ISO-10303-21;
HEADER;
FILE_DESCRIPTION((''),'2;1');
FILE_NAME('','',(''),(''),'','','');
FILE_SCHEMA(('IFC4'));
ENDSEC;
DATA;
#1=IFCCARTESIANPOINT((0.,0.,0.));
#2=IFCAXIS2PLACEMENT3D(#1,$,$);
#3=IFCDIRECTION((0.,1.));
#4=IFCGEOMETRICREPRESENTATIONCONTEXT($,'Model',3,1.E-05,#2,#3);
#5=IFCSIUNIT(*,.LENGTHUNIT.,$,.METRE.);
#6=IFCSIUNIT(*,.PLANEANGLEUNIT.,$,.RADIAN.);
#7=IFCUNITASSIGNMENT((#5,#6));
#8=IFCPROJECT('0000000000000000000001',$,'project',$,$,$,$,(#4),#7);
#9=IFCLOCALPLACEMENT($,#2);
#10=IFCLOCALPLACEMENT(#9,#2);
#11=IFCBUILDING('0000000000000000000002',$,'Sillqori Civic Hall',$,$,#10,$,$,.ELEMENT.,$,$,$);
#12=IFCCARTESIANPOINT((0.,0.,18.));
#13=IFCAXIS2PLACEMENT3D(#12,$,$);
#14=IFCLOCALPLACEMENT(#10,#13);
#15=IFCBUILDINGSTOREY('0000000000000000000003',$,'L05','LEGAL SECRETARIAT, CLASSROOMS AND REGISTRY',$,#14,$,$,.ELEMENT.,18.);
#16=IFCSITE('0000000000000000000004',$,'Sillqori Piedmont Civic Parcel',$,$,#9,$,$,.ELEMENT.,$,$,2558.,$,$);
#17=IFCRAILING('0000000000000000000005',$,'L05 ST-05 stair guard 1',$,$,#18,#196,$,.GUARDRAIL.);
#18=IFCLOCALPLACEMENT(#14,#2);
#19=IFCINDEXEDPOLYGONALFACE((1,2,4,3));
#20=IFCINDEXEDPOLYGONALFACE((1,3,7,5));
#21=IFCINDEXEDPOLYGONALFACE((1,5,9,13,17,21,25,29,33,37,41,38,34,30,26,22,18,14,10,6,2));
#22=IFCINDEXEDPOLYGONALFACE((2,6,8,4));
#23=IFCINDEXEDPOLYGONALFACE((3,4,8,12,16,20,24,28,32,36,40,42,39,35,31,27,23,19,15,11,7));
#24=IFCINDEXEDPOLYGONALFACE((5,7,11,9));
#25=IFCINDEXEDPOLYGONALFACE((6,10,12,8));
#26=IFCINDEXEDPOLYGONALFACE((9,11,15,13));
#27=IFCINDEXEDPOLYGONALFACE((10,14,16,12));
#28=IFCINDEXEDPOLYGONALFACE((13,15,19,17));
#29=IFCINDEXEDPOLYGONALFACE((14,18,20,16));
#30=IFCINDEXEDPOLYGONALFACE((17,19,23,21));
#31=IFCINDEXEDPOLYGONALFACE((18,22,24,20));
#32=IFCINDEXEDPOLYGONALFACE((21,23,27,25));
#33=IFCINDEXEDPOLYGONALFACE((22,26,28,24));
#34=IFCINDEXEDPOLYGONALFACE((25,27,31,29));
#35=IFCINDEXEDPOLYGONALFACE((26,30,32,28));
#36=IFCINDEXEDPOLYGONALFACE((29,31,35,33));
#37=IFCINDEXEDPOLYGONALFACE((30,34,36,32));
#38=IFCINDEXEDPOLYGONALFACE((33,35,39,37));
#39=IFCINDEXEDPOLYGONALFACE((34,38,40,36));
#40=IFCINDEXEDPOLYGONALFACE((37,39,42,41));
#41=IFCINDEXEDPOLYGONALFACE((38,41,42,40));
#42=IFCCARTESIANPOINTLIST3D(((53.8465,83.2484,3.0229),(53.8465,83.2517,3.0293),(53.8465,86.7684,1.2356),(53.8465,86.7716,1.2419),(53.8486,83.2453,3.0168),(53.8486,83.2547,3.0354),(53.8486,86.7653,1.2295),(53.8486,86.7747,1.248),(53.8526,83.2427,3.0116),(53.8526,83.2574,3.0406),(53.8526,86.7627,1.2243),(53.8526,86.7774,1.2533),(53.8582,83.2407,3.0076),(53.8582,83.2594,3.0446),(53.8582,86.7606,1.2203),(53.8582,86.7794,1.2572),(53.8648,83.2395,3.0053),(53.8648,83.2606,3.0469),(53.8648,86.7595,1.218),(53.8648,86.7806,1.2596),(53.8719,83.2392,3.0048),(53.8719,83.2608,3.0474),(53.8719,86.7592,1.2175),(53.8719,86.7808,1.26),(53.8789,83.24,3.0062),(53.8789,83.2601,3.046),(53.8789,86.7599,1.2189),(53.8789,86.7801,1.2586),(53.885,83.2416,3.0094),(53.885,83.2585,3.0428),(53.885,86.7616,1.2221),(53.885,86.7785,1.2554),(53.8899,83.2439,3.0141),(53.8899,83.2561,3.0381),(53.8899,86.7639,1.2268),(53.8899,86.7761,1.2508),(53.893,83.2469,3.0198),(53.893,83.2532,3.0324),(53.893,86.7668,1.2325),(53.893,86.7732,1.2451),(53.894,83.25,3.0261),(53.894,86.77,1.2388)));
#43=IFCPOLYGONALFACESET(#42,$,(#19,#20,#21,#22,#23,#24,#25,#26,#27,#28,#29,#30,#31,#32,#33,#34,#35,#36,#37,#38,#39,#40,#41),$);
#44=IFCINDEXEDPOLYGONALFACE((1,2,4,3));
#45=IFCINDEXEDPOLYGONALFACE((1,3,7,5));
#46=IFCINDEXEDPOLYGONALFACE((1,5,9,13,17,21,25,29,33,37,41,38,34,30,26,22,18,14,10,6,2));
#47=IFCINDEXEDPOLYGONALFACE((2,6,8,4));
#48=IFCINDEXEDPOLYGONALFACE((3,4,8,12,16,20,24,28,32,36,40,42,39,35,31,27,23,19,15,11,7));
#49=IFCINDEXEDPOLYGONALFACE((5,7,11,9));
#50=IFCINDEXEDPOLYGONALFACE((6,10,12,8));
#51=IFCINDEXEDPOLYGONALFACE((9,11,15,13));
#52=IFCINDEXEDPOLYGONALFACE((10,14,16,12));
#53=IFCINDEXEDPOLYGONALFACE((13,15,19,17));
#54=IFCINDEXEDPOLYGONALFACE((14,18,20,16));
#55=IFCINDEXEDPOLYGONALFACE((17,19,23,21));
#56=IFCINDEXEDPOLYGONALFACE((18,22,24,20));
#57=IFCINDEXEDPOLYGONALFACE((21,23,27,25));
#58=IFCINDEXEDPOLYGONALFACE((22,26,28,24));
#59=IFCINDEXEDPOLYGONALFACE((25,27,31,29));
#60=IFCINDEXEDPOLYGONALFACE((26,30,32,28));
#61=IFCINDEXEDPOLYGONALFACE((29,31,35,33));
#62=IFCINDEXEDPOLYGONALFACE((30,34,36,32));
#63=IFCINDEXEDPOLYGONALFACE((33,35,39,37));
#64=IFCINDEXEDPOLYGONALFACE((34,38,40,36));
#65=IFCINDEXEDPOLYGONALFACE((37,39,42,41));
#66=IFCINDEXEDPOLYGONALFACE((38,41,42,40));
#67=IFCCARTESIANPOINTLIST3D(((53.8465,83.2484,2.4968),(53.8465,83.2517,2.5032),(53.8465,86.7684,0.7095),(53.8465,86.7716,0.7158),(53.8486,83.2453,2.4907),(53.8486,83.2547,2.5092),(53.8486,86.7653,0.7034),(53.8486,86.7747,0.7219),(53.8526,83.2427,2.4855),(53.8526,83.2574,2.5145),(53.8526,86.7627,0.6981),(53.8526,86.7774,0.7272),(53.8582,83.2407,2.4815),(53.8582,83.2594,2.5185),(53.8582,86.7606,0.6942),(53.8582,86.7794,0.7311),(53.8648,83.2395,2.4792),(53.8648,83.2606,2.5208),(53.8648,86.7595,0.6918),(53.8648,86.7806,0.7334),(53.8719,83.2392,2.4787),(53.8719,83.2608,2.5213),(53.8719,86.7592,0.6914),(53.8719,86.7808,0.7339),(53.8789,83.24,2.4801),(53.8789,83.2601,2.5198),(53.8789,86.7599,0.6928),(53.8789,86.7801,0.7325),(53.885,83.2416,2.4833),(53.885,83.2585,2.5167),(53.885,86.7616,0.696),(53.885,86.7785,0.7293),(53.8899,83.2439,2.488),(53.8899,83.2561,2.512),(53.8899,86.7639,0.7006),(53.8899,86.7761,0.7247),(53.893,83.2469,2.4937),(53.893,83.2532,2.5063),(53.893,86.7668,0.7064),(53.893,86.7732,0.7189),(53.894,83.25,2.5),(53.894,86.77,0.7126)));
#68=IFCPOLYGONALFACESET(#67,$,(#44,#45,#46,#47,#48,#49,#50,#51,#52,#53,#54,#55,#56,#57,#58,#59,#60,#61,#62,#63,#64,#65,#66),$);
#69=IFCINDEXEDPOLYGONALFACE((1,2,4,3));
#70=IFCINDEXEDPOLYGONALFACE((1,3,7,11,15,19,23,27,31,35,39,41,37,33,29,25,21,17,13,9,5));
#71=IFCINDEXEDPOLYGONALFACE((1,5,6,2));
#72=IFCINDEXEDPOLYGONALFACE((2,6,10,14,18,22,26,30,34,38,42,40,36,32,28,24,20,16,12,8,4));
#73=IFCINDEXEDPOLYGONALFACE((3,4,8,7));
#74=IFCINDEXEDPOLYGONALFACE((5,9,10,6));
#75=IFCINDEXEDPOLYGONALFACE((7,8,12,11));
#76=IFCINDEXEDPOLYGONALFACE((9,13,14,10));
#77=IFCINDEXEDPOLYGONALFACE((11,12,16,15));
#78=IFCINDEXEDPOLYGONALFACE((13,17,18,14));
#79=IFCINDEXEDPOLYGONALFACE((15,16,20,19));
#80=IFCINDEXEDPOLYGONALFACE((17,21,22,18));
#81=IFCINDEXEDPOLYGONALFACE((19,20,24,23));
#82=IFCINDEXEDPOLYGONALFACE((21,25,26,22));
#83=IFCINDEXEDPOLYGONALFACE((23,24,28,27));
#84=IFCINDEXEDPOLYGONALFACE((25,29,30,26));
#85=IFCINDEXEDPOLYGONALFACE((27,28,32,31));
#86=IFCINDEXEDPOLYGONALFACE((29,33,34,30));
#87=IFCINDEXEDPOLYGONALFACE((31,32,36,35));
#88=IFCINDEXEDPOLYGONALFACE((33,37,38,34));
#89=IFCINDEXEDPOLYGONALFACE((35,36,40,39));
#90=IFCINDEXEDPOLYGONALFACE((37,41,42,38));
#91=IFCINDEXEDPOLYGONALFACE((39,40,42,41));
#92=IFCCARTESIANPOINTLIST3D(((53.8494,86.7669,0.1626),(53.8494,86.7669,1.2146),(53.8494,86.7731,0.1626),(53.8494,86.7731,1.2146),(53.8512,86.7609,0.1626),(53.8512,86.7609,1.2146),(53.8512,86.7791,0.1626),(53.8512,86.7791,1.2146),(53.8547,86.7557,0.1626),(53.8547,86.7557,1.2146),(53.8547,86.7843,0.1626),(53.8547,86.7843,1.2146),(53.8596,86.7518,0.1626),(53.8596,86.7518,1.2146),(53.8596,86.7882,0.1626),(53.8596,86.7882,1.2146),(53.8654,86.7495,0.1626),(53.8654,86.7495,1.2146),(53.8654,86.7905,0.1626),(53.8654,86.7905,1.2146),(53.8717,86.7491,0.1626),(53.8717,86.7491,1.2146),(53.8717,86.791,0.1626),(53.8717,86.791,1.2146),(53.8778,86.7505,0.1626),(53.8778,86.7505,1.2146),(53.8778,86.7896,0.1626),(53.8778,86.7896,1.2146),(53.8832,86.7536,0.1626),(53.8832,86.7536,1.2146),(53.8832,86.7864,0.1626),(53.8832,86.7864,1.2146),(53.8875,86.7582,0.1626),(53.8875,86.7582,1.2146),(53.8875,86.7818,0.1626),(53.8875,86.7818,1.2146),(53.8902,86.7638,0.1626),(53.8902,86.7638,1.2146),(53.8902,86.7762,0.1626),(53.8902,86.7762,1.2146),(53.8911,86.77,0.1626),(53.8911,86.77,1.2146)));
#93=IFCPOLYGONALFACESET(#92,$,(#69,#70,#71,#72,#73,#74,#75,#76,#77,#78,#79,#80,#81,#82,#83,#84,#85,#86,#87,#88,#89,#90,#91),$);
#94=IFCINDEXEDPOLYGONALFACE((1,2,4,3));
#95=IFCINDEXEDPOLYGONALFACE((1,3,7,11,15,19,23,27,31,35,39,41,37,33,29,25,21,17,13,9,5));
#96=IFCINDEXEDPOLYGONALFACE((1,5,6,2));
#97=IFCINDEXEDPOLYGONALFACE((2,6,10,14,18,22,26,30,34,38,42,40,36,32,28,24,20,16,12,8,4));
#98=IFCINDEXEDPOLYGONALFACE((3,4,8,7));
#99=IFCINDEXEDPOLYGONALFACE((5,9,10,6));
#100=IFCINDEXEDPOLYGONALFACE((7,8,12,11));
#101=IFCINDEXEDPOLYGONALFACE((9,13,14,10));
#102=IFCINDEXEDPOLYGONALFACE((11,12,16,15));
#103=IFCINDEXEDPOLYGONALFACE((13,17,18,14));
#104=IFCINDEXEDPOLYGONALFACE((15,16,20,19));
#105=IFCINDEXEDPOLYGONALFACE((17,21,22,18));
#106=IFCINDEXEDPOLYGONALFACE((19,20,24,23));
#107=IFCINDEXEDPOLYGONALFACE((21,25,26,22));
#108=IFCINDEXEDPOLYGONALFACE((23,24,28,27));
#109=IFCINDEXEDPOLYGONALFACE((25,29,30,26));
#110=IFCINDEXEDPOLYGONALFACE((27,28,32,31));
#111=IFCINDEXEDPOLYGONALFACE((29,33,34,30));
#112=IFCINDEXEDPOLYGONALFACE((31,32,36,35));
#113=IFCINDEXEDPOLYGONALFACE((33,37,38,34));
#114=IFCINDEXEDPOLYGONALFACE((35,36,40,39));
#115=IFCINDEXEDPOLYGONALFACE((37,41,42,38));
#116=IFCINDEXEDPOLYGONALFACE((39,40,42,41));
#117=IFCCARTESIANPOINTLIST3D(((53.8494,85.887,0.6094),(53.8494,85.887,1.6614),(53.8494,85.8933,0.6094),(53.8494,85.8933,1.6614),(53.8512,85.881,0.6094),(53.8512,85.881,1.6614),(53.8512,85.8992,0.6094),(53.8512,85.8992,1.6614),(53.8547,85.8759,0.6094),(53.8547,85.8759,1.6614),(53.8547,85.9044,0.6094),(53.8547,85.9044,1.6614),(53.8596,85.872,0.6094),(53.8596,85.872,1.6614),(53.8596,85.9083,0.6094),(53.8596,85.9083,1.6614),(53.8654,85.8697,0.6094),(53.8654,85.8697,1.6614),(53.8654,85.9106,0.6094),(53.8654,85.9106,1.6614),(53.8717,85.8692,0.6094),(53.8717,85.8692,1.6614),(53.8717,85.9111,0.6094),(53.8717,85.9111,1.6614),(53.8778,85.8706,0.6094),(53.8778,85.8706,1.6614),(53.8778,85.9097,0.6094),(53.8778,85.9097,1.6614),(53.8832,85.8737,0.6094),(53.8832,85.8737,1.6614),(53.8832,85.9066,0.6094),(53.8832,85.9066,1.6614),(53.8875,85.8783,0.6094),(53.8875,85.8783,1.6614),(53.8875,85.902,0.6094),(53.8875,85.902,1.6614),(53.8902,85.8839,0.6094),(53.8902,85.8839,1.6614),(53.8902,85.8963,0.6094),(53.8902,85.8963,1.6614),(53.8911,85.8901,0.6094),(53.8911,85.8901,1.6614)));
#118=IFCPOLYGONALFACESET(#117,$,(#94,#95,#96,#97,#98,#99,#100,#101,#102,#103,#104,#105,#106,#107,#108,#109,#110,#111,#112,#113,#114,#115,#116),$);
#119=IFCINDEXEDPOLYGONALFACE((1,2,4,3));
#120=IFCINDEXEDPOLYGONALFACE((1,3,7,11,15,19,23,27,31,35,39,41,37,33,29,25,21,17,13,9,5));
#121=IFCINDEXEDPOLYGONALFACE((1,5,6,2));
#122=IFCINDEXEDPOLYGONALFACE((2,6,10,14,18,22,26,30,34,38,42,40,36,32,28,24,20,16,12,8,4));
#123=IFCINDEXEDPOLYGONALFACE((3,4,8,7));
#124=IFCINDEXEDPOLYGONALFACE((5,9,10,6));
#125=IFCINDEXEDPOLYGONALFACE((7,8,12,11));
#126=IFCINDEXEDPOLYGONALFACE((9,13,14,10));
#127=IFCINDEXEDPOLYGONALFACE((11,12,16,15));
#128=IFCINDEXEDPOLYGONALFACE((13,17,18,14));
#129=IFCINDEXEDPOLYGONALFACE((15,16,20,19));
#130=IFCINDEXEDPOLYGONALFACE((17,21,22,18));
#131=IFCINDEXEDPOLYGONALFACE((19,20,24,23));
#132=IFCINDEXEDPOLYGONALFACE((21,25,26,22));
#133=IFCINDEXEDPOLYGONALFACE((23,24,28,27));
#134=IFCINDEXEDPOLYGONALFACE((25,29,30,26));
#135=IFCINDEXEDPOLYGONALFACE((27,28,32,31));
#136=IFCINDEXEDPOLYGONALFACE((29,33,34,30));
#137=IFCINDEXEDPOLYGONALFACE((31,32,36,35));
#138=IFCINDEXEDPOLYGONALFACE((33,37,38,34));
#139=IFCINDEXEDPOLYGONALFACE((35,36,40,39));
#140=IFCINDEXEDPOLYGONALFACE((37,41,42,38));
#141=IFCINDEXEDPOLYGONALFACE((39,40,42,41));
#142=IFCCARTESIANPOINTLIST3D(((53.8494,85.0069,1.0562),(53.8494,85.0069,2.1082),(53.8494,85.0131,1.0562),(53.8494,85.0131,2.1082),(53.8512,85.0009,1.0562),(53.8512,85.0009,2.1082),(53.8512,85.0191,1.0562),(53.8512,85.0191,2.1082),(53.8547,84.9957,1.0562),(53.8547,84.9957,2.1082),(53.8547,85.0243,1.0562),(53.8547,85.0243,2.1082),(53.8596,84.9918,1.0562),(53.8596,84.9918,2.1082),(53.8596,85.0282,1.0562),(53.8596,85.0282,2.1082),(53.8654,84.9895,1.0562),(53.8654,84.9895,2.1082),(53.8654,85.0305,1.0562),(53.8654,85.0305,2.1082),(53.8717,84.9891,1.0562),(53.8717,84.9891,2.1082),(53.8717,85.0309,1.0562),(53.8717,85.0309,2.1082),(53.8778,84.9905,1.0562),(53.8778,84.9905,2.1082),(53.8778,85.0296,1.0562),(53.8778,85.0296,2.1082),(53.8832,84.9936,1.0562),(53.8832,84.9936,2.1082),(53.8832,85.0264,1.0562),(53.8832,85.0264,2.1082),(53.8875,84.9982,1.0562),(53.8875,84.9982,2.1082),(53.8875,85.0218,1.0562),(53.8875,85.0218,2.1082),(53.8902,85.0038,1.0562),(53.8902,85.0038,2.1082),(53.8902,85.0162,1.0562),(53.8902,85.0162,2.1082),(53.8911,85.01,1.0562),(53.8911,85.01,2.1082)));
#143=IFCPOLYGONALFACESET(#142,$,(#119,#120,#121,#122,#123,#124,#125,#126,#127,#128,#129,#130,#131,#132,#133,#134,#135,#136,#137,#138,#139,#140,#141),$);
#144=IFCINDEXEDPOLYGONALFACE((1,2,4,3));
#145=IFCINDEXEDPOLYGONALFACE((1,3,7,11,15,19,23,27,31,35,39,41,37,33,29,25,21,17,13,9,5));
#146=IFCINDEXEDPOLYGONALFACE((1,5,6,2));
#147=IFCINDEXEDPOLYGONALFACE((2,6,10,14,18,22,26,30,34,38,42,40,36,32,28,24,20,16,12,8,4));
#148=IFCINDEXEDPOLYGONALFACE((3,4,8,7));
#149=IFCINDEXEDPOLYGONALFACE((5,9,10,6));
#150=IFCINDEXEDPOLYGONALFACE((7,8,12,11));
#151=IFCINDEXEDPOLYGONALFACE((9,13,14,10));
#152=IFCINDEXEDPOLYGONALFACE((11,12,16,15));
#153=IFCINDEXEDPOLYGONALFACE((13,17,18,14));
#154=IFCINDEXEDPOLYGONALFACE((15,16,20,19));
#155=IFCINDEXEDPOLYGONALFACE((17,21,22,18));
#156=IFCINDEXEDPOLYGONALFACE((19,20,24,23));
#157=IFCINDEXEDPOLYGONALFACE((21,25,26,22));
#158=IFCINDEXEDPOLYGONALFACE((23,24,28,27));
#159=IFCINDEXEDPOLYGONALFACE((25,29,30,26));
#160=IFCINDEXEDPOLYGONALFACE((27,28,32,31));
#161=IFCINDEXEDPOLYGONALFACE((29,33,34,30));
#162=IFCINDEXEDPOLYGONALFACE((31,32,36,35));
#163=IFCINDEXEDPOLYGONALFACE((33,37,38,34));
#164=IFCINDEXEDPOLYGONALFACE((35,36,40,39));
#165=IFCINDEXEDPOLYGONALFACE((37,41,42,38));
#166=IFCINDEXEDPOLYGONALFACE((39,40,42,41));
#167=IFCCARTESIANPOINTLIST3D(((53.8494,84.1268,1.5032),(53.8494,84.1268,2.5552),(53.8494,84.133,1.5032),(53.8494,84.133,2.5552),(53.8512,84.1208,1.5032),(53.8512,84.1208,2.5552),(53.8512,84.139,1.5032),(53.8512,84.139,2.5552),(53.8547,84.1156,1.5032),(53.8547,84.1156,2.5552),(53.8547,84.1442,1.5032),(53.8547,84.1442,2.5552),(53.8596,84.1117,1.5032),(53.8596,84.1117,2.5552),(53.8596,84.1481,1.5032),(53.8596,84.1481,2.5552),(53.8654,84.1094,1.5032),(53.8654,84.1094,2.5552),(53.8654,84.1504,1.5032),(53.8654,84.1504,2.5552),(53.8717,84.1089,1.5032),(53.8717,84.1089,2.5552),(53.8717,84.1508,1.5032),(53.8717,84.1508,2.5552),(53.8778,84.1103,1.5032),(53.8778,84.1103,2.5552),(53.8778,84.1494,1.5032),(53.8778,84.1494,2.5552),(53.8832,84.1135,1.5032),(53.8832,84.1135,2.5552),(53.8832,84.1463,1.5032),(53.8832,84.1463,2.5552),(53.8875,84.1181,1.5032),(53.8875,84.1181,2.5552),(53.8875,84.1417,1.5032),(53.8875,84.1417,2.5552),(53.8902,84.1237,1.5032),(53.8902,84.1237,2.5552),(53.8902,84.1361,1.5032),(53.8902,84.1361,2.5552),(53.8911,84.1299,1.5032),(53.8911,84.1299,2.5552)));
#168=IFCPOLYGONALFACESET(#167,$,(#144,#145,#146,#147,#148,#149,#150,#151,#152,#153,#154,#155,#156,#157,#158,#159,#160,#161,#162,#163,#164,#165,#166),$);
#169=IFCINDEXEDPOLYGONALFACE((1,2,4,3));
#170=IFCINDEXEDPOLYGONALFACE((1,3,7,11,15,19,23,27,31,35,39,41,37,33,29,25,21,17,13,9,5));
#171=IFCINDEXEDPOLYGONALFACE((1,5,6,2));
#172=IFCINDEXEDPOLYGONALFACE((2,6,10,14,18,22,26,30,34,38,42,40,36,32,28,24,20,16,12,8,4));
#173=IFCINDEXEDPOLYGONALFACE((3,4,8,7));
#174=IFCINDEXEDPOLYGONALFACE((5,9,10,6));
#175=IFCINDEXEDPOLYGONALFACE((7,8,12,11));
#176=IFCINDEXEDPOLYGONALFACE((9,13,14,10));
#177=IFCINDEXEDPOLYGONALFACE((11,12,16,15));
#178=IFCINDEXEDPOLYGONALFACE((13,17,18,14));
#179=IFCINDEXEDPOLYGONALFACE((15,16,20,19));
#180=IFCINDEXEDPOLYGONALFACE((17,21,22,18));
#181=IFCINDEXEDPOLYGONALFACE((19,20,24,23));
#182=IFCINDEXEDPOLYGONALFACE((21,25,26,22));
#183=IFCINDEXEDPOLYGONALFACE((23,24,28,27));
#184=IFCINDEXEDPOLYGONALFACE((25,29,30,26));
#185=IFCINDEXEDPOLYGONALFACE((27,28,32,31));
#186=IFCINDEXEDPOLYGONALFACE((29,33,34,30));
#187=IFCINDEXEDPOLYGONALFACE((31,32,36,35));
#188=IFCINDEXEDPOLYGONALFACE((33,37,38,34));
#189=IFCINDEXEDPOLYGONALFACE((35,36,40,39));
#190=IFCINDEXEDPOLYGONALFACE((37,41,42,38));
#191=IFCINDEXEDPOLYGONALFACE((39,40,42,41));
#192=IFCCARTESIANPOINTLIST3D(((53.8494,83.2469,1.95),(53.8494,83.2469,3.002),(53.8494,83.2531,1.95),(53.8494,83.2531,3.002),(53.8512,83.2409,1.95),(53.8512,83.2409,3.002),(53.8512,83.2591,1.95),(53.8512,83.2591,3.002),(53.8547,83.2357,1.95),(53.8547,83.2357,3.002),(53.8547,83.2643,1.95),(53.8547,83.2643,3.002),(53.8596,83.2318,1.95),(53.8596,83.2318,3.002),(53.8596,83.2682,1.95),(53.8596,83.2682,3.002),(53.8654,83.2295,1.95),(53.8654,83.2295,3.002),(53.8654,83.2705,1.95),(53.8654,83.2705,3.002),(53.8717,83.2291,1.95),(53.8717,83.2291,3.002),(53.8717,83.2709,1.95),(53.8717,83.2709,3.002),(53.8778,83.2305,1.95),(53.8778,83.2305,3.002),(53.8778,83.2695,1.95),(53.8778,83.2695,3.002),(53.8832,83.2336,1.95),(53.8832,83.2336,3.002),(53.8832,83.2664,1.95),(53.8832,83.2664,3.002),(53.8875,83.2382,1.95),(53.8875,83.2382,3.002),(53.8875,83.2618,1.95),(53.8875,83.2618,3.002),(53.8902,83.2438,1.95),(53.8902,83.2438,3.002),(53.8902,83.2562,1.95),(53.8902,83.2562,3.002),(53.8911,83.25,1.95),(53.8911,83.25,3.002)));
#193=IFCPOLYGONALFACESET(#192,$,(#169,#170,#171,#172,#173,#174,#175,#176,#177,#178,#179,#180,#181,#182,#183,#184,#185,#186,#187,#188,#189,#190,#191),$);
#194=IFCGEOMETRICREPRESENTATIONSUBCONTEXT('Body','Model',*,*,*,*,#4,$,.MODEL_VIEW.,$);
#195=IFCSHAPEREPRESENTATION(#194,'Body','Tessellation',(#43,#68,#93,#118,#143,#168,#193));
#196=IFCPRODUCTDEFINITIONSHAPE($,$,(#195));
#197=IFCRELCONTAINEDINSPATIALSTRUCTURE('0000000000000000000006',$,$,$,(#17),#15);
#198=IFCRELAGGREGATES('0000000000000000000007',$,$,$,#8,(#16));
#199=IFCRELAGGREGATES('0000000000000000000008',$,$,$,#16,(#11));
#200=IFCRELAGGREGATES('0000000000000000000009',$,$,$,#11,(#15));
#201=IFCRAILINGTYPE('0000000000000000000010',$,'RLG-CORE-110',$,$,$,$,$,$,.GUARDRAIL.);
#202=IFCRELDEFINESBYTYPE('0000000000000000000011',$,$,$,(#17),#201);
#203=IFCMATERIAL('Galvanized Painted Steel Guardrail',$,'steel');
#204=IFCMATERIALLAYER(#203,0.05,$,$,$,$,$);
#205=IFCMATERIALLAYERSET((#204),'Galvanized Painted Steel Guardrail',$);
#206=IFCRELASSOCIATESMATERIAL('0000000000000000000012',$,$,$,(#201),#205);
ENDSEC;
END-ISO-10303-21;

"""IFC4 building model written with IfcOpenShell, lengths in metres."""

from ifc_helpers import new_model, si_unit, direction, frame, origin, origin_2d, place, context, subcontext, project, spatial, circle, extrude, material, layer, layer_set, type_object, element, save


model = new_model("IFC4")

# Units and contexts
model_context = context("Model", 3, precision=1e-05, world=origin(), true_north=direction((0.0, 1.0)))
body_context = subcontext(model_context, "Body", "Model", "MODEL_VIEW")
ifc_project = project(units=[si_unit("LENGTHUNIT", "METRE"), si_unit("PLANEANGLEUNIT", "RADIAN")], contexts=[model_context])

# Site, building, storey
site_placement = place(None, origin())
site = spatial("IfcSite", under=ifc_project, at=site_placement, Name="Sillqori Piedmont Civic Parcel", CompositionType="ELEMENT", RefElevation=2558.0)
building_placement = place(site_placement, origin())
building = spatial("IfcBuilding", under=site, at=building_placement, Name="Sillqori Civic Hall", CompositionType="ELEMENT")
storey_placement = place(building_placement, frame((0.0, 0.0, 18.0)))
storey = spatial("IfcBuildingStorey", under=building, at=storey_placement, Name="L05", Description="LEGAL SECRETARIAT, CLASSROOMS AND REGISTRY", CompositionType="ELEMENT", Elevation=18.0)

# Railing
ifc_material_1 = material(Name="Galvanized Painted Steel Guardrail", Category="steel")
ifc_layer_1 = layer(ifc_material_1, 0.05)
ifc_layer_set_1 = layer_set([ifc_layer_1], Name="Galvanized Painted Steel Guardrail")
railing_type_1 = type_object("IfcRailingType", Name="RLG-CORE-110", PredefinedType="GUARDRAIL", material=ifc_layer_set_1)
railing_1_placement = place(storey_placement, frame((53.8701, 86.77, 0.1626)))
element("IfcRailing", 1, at=railing_1_placement, inside=storey, type_object=railing_type_1, Name="L05 ST-05 stair guard 1", PredefinedType="GUARDRAIL", context=body_context, shape_type="SweptSolid", body=[
    extrude(circle(Radius=0.0239, at=origin_2d()), frame((0.0, 0.0, 1.0762), z_axis=(0.0, -0.89164, 0.452746), x_axis=(1.0, 0.0, 0.0)), (0.0, 0.0, 1.0), 3.9478),
    extrude(circle(Radius=0.0239, at=origin_2d()), frame((0.0, 0.0, 0.55), z_axis=(0.0, -0.89164, 0.452746), x_axis=(1.0, 0.0, 0.0)), (0.0, 0.0, 1.0), 3.9478),
    extrude(circle(Radius=0.021, at=origin_2d()), origin(), (0.0, 0.0, 1.0), 1.052),
    extrude(circle(Radius=0.021, at=origin_2d()), frame((0.0, -0.8799, 0.4468)), (0.0, 0.0, 1.0), 1.052),
    extrude(circle(Radius=0.021, at=origin_2d()), frame((0.0, -1.76, 0.8936)), (0.0, 0.0, 1.0), 1.052),
    extrude(circle(Radius=0.021, at=origin_2d()), frame((0.0, -2.6401, 1.3406)), (0.0, 0.0, 1.0), 1.052),
    extrude(circle(Radius=0.021, at=origin_2d()), frame((0.0, -3.52, 1.7874)), (0.0, 0.0, 1.0), 1.052),
])

save(model, "model.ifc")
